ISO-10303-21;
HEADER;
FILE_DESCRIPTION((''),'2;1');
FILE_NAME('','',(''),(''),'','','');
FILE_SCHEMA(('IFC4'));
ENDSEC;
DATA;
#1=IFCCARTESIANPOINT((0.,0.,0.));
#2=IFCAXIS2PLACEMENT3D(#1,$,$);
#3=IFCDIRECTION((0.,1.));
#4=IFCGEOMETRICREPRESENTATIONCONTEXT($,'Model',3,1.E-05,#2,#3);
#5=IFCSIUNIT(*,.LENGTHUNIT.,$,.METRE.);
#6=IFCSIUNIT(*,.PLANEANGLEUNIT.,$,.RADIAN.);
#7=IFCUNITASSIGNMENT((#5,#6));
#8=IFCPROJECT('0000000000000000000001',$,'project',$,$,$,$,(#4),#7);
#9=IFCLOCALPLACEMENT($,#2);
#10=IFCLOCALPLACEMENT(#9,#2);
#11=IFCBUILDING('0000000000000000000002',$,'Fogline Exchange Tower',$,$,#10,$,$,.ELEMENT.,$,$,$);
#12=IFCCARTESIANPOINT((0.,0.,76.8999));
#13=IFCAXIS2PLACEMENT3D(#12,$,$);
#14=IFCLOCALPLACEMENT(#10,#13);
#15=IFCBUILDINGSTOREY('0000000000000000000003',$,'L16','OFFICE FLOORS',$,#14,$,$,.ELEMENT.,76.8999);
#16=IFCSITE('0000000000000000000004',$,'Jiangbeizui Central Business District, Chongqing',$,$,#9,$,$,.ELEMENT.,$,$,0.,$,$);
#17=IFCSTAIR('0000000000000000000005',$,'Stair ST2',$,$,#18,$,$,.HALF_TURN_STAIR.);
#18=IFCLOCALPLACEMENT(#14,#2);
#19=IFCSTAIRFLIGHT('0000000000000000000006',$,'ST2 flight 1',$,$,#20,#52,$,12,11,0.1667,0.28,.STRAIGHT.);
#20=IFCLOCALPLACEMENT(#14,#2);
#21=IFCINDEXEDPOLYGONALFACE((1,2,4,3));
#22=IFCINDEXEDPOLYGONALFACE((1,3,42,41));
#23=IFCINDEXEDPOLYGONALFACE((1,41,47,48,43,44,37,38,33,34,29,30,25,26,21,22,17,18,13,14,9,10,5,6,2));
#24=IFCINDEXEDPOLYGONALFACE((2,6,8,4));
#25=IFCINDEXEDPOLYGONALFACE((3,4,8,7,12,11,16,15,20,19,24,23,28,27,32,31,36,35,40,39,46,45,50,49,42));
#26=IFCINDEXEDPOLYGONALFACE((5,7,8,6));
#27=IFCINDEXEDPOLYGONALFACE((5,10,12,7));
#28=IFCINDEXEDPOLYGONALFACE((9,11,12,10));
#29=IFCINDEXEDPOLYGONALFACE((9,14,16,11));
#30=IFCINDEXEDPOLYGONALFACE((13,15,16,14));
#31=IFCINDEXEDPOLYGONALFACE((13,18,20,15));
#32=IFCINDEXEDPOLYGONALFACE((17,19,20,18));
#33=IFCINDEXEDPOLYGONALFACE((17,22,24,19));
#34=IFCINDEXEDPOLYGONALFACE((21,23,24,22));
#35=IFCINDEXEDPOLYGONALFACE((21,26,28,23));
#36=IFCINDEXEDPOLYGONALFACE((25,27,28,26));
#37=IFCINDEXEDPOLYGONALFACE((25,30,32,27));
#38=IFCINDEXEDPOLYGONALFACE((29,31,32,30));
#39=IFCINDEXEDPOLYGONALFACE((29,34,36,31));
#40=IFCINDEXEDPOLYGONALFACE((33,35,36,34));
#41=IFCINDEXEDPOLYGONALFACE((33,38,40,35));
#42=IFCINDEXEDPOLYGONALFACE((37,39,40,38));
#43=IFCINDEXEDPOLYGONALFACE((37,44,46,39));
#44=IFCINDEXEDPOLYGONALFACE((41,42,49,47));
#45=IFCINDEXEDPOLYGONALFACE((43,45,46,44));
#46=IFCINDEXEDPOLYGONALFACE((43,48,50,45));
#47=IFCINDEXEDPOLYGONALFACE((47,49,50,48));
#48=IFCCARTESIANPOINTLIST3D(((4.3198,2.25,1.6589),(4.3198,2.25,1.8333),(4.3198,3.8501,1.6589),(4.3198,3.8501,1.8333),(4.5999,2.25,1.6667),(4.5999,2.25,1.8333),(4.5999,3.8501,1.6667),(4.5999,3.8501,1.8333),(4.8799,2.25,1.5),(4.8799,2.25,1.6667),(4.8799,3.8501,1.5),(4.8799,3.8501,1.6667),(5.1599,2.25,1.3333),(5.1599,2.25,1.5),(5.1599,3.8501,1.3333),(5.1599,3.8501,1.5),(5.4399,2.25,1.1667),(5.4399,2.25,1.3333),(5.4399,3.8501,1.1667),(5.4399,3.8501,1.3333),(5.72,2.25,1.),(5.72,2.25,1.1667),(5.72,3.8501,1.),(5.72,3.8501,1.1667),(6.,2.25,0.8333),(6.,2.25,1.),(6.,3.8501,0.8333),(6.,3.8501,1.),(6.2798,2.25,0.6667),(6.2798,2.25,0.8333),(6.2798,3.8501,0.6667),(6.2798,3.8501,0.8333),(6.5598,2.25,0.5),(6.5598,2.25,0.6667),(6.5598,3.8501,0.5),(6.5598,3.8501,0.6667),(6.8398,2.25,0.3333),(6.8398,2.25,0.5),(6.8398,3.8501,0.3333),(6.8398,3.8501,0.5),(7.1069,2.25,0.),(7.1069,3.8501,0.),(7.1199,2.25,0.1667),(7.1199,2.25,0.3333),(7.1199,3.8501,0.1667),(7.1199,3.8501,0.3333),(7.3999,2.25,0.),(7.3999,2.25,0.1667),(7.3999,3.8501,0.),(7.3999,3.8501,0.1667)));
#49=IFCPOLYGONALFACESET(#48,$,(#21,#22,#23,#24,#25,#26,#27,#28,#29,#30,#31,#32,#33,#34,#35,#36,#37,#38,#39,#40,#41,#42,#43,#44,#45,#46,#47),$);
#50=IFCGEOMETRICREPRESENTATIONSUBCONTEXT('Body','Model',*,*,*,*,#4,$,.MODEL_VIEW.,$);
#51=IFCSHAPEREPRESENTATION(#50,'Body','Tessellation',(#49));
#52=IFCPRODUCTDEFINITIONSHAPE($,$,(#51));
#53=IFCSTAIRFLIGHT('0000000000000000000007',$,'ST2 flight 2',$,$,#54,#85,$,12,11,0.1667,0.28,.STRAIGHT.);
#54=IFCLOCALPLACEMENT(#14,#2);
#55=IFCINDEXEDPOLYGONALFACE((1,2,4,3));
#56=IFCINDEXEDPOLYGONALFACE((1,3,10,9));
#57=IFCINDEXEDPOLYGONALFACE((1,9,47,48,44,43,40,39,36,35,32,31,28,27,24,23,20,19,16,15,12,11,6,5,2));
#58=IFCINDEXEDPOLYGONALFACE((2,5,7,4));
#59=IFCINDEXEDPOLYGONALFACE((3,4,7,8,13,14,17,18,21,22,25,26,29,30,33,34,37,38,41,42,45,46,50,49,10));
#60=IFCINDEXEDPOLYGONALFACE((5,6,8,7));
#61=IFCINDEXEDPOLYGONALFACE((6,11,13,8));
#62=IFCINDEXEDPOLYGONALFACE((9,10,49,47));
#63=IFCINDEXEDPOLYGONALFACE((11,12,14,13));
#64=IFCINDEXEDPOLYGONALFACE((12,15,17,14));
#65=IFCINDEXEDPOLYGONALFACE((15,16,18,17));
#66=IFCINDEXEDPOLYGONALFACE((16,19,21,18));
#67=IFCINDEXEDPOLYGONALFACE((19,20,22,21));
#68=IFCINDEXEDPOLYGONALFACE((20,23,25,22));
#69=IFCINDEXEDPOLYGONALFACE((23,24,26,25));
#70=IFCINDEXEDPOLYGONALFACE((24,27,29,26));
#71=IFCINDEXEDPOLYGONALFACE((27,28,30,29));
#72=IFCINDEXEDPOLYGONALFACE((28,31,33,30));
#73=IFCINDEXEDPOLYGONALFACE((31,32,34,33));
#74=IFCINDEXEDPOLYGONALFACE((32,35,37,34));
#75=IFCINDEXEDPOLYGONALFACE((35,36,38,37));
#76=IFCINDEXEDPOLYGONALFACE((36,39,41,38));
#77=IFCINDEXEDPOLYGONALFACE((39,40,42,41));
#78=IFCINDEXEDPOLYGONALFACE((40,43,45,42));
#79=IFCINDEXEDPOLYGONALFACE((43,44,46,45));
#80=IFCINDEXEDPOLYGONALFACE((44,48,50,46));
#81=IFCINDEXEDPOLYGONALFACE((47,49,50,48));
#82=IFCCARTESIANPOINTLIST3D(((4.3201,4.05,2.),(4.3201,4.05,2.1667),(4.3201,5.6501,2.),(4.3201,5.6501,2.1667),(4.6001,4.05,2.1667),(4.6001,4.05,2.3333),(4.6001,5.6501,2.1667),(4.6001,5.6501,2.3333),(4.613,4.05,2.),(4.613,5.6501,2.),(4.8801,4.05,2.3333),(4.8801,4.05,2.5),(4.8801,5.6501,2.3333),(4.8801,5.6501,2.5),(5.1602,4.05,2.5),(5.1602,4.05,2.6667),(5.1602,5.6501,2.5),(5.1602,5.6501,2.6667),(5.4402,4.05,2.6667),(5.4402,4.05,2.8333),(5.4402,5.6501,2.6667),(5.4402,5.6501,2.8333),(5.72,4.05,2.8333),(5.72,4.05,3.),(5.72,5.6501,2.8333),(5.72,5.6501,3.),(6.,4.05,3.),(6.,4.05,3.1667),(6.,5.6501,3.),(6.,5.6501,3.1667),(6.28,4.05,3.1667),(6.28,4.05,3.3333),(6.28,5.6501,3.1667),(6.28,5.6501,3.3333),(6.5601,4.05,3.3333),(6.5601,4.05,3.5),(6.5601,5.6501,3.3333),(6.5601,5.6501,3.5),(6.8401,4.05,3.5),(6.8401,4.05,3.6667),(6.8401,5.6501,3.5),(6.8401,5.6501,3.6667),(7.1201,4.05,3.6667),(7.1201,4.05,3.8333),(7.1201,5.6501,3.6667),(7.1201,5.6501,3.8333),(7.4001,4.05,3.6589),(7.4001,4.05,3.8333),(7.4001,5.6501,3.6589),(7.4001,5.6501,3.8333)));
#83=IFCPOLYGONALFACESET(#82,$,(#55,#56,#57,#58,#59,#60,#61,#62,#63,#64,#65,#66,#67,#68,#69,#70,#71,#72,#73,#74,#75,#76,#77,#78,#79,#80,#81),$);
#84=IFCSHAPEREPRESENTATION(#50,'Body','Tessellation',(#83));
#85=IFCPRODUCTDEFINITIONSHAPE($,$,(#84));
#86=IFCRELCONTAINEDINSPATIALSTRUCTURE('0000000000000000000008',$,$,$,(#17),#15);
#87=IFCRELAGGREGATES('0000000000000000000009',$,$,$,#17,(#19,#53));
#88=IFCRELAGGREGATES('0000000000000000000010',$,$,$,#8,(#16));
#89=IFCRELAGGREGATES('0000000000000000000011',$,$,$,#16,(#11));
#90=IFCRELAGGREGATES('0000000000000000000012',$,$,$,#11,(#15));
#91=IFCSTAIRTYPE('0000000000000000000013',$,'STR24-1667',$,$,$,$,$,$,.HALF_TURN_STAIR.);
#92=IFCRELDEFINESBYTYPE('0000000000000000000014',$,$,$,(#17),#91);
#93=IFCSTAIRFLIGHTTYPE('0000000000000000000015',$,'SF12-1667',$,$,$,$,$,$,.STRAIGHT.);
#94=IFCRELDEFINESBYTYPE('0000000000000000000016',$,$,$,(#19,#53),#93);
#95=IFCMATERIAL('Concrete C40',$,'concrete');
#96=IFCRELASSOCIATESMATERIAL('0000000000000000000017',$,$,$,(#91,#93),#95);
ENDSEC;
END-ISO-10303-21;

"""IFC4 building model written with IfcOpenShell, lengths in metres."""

from ifc_helpers import new_model, si_unit, direction, frame, origin, place, context, subcontext, project, spatial, polyline, outline, extrude, material, type_object, element, aggregate, save


model = new_model("IFC4")

# Units and contexts
model_context = context("Model", 3, precision=1e-05, world=origin(), true_north=direction((0.0, 1.0)))
body_context = subcontext(model_context, "Body", "Model", "MODEL_VIEW")
ifc_project = project(units=[si_unit("LENGTHUNIT", "METRE"), si_unit("PLANEANGLEUNIT", "RADIAN")], contexts=[model_context])

# Site, building, storey
site_placement = place(None, origin())
site = spatial("IfcSite", under=ifc_project, at=site_placement, Name="Jiangbeizui Central Business District, Chongqing", CompositionType="ELEMENT", RefElevation=0.0)
building_placement = place(site_placement, origin())
building = spatial("IfcBuilding", under=site, at=building_placement, Name="Fogline Exchange Tower", CompositionType="ELEMENT")
storey_placement = place(building_placement, frame((0.0, 0.0, 76.8999)))
storey = spatial("IfcBuildingStorey", under=building, at=storey_placement, Name="L16", Description="OFFICE FLOORS", CompositionType="ELEMENT", Elevation=76.8999)

# Shared definitions
ifc_material_1 = material(Name="Concrete C40", Category="concrete")

# Stair
stair_type = type_object("IfcStairType", Name="STR24-1667", PredefinedType="HALF_TURN_STAIR", material=ifc_material_1)
stair_1_placement = place(storey_placement, origin())
stair_1 = element("IfcStair", 1, at=stair_1_placement, inside=storey, type_object=stair_type, Name="Stair ST2", PredefinedType="HALF_TURN_STAIR")

# Stair flights
stair_flight_type = type_object("IfcStairFlightType", Name="SF12-1667", PredefinedType="STRAIGHT", material=ifc_material_1)
stair_flight_1_placement = place(storey_placement, frame((7.3999, 3.05, 0.0), z_axis=(0.0, 0.0, 1.0), x_axis=(-1.0, 0.0, 0.0)))
stair_flight_1 = element("IfcStairFlight", 2, at=stair_flight_1_placement, type_object=stair_flight_type, Name="ST2 flight 1", NumberOfRisers=12, NumberOfTreads=11, PredefinedType="STRAIGHT", RiserHeight=0.1667, TreadLength=0.28, context=body_context, shape_type="SweptSolid", body=[
    extrude(outline(polyline([(0.0, 0.0), (0.0, 0.1667), (0.28, 0.1667), (0.28, 0.3333), (0.5601, 0.3333), (0.5601, 0.5), (0.8401, 0.5), (0.8401, 0.6667), (1.1201, 0.6667), (1.1201, 0.8333), (1.3999, 0.8333), (1.3999, 1.0), (1.6799, 1.0), (1.6799, 1.1667), (1.96, 1.1667), (1.96, 1.3333), (2.24, 1.3333), (2.24, 1.5), (2.52, 1.5), (2.52, 1.6667), (2.8, 1.6667), (2.8, 1.8333), (3.0801, 1.8333), (3.0801, 2.0), (3.0801, 1.6589), (0.293, 0.0), (0.0, 0.0)])), frame((0.0, 0.8, 0.0), z_axis=(0.0, -1.0, 0.0), x_axis=(1.0, 0.0, 0.0)), (0.0, 0.0, 1.0), 1.6001),
])
stair_flight_2_placement = place(storey_placement, frame((4.3201, 4.8501, 2.0), z_axis=(0.0, 0.0, 1.0), x_axis=(1.0, 0.0, 0.0)))
stair_flight_2 = element("IfcStairFlight", 3, at=stair_flight_2_placement, type_object=stair_flight_type, Name="ST2 flight 2", NumberOfRisers=12, NumberOfTreads=11, PredefinedType="STRAIGHT", RiserHeight=0.1667, TreadLength=0.28, context=body_context, shape_type="SweptSolid", body=[
    extrude(outline(polyline([(0.0, 0.0), (0.0, 0.1667), (0.28, 0.1667), (0.28, 0.3333), (0.5601, 0.3333), (0.5601, 0.5), (0.8401, 0.5), (0.8401, 0.6667), (1.1201, 0.6667), (1.1201, 0.8333), (1.3999, 0.8333), (1.3999, 1.0), (1.6799, 1.0), (1.6799, 1.1667), (1.96, 1.1667), (1.96, 1.3333), (2.24, 1.3333), (2.24, 1.5), (2.52, 1.5), (2.52, 1.6667), (2.8, 1.6667), (2.8, 1.8333), (3.0801, 1.8333), (3.0801, 2.0), (3.0801, 1.6589), (0.293, 0.0), (0.0, 0.0)])), frame((0.0, 0.8, 0.0), z_axis=(0.0, -1.0, 0.0), x_axis=(1.0, 0.0, 0.0)), (0.0, 0.0, 1.0), 1.6001),
])
aggregate(stair_1, [stair_flight_1, stair_flight_2])

save(model, "model.ifc")
